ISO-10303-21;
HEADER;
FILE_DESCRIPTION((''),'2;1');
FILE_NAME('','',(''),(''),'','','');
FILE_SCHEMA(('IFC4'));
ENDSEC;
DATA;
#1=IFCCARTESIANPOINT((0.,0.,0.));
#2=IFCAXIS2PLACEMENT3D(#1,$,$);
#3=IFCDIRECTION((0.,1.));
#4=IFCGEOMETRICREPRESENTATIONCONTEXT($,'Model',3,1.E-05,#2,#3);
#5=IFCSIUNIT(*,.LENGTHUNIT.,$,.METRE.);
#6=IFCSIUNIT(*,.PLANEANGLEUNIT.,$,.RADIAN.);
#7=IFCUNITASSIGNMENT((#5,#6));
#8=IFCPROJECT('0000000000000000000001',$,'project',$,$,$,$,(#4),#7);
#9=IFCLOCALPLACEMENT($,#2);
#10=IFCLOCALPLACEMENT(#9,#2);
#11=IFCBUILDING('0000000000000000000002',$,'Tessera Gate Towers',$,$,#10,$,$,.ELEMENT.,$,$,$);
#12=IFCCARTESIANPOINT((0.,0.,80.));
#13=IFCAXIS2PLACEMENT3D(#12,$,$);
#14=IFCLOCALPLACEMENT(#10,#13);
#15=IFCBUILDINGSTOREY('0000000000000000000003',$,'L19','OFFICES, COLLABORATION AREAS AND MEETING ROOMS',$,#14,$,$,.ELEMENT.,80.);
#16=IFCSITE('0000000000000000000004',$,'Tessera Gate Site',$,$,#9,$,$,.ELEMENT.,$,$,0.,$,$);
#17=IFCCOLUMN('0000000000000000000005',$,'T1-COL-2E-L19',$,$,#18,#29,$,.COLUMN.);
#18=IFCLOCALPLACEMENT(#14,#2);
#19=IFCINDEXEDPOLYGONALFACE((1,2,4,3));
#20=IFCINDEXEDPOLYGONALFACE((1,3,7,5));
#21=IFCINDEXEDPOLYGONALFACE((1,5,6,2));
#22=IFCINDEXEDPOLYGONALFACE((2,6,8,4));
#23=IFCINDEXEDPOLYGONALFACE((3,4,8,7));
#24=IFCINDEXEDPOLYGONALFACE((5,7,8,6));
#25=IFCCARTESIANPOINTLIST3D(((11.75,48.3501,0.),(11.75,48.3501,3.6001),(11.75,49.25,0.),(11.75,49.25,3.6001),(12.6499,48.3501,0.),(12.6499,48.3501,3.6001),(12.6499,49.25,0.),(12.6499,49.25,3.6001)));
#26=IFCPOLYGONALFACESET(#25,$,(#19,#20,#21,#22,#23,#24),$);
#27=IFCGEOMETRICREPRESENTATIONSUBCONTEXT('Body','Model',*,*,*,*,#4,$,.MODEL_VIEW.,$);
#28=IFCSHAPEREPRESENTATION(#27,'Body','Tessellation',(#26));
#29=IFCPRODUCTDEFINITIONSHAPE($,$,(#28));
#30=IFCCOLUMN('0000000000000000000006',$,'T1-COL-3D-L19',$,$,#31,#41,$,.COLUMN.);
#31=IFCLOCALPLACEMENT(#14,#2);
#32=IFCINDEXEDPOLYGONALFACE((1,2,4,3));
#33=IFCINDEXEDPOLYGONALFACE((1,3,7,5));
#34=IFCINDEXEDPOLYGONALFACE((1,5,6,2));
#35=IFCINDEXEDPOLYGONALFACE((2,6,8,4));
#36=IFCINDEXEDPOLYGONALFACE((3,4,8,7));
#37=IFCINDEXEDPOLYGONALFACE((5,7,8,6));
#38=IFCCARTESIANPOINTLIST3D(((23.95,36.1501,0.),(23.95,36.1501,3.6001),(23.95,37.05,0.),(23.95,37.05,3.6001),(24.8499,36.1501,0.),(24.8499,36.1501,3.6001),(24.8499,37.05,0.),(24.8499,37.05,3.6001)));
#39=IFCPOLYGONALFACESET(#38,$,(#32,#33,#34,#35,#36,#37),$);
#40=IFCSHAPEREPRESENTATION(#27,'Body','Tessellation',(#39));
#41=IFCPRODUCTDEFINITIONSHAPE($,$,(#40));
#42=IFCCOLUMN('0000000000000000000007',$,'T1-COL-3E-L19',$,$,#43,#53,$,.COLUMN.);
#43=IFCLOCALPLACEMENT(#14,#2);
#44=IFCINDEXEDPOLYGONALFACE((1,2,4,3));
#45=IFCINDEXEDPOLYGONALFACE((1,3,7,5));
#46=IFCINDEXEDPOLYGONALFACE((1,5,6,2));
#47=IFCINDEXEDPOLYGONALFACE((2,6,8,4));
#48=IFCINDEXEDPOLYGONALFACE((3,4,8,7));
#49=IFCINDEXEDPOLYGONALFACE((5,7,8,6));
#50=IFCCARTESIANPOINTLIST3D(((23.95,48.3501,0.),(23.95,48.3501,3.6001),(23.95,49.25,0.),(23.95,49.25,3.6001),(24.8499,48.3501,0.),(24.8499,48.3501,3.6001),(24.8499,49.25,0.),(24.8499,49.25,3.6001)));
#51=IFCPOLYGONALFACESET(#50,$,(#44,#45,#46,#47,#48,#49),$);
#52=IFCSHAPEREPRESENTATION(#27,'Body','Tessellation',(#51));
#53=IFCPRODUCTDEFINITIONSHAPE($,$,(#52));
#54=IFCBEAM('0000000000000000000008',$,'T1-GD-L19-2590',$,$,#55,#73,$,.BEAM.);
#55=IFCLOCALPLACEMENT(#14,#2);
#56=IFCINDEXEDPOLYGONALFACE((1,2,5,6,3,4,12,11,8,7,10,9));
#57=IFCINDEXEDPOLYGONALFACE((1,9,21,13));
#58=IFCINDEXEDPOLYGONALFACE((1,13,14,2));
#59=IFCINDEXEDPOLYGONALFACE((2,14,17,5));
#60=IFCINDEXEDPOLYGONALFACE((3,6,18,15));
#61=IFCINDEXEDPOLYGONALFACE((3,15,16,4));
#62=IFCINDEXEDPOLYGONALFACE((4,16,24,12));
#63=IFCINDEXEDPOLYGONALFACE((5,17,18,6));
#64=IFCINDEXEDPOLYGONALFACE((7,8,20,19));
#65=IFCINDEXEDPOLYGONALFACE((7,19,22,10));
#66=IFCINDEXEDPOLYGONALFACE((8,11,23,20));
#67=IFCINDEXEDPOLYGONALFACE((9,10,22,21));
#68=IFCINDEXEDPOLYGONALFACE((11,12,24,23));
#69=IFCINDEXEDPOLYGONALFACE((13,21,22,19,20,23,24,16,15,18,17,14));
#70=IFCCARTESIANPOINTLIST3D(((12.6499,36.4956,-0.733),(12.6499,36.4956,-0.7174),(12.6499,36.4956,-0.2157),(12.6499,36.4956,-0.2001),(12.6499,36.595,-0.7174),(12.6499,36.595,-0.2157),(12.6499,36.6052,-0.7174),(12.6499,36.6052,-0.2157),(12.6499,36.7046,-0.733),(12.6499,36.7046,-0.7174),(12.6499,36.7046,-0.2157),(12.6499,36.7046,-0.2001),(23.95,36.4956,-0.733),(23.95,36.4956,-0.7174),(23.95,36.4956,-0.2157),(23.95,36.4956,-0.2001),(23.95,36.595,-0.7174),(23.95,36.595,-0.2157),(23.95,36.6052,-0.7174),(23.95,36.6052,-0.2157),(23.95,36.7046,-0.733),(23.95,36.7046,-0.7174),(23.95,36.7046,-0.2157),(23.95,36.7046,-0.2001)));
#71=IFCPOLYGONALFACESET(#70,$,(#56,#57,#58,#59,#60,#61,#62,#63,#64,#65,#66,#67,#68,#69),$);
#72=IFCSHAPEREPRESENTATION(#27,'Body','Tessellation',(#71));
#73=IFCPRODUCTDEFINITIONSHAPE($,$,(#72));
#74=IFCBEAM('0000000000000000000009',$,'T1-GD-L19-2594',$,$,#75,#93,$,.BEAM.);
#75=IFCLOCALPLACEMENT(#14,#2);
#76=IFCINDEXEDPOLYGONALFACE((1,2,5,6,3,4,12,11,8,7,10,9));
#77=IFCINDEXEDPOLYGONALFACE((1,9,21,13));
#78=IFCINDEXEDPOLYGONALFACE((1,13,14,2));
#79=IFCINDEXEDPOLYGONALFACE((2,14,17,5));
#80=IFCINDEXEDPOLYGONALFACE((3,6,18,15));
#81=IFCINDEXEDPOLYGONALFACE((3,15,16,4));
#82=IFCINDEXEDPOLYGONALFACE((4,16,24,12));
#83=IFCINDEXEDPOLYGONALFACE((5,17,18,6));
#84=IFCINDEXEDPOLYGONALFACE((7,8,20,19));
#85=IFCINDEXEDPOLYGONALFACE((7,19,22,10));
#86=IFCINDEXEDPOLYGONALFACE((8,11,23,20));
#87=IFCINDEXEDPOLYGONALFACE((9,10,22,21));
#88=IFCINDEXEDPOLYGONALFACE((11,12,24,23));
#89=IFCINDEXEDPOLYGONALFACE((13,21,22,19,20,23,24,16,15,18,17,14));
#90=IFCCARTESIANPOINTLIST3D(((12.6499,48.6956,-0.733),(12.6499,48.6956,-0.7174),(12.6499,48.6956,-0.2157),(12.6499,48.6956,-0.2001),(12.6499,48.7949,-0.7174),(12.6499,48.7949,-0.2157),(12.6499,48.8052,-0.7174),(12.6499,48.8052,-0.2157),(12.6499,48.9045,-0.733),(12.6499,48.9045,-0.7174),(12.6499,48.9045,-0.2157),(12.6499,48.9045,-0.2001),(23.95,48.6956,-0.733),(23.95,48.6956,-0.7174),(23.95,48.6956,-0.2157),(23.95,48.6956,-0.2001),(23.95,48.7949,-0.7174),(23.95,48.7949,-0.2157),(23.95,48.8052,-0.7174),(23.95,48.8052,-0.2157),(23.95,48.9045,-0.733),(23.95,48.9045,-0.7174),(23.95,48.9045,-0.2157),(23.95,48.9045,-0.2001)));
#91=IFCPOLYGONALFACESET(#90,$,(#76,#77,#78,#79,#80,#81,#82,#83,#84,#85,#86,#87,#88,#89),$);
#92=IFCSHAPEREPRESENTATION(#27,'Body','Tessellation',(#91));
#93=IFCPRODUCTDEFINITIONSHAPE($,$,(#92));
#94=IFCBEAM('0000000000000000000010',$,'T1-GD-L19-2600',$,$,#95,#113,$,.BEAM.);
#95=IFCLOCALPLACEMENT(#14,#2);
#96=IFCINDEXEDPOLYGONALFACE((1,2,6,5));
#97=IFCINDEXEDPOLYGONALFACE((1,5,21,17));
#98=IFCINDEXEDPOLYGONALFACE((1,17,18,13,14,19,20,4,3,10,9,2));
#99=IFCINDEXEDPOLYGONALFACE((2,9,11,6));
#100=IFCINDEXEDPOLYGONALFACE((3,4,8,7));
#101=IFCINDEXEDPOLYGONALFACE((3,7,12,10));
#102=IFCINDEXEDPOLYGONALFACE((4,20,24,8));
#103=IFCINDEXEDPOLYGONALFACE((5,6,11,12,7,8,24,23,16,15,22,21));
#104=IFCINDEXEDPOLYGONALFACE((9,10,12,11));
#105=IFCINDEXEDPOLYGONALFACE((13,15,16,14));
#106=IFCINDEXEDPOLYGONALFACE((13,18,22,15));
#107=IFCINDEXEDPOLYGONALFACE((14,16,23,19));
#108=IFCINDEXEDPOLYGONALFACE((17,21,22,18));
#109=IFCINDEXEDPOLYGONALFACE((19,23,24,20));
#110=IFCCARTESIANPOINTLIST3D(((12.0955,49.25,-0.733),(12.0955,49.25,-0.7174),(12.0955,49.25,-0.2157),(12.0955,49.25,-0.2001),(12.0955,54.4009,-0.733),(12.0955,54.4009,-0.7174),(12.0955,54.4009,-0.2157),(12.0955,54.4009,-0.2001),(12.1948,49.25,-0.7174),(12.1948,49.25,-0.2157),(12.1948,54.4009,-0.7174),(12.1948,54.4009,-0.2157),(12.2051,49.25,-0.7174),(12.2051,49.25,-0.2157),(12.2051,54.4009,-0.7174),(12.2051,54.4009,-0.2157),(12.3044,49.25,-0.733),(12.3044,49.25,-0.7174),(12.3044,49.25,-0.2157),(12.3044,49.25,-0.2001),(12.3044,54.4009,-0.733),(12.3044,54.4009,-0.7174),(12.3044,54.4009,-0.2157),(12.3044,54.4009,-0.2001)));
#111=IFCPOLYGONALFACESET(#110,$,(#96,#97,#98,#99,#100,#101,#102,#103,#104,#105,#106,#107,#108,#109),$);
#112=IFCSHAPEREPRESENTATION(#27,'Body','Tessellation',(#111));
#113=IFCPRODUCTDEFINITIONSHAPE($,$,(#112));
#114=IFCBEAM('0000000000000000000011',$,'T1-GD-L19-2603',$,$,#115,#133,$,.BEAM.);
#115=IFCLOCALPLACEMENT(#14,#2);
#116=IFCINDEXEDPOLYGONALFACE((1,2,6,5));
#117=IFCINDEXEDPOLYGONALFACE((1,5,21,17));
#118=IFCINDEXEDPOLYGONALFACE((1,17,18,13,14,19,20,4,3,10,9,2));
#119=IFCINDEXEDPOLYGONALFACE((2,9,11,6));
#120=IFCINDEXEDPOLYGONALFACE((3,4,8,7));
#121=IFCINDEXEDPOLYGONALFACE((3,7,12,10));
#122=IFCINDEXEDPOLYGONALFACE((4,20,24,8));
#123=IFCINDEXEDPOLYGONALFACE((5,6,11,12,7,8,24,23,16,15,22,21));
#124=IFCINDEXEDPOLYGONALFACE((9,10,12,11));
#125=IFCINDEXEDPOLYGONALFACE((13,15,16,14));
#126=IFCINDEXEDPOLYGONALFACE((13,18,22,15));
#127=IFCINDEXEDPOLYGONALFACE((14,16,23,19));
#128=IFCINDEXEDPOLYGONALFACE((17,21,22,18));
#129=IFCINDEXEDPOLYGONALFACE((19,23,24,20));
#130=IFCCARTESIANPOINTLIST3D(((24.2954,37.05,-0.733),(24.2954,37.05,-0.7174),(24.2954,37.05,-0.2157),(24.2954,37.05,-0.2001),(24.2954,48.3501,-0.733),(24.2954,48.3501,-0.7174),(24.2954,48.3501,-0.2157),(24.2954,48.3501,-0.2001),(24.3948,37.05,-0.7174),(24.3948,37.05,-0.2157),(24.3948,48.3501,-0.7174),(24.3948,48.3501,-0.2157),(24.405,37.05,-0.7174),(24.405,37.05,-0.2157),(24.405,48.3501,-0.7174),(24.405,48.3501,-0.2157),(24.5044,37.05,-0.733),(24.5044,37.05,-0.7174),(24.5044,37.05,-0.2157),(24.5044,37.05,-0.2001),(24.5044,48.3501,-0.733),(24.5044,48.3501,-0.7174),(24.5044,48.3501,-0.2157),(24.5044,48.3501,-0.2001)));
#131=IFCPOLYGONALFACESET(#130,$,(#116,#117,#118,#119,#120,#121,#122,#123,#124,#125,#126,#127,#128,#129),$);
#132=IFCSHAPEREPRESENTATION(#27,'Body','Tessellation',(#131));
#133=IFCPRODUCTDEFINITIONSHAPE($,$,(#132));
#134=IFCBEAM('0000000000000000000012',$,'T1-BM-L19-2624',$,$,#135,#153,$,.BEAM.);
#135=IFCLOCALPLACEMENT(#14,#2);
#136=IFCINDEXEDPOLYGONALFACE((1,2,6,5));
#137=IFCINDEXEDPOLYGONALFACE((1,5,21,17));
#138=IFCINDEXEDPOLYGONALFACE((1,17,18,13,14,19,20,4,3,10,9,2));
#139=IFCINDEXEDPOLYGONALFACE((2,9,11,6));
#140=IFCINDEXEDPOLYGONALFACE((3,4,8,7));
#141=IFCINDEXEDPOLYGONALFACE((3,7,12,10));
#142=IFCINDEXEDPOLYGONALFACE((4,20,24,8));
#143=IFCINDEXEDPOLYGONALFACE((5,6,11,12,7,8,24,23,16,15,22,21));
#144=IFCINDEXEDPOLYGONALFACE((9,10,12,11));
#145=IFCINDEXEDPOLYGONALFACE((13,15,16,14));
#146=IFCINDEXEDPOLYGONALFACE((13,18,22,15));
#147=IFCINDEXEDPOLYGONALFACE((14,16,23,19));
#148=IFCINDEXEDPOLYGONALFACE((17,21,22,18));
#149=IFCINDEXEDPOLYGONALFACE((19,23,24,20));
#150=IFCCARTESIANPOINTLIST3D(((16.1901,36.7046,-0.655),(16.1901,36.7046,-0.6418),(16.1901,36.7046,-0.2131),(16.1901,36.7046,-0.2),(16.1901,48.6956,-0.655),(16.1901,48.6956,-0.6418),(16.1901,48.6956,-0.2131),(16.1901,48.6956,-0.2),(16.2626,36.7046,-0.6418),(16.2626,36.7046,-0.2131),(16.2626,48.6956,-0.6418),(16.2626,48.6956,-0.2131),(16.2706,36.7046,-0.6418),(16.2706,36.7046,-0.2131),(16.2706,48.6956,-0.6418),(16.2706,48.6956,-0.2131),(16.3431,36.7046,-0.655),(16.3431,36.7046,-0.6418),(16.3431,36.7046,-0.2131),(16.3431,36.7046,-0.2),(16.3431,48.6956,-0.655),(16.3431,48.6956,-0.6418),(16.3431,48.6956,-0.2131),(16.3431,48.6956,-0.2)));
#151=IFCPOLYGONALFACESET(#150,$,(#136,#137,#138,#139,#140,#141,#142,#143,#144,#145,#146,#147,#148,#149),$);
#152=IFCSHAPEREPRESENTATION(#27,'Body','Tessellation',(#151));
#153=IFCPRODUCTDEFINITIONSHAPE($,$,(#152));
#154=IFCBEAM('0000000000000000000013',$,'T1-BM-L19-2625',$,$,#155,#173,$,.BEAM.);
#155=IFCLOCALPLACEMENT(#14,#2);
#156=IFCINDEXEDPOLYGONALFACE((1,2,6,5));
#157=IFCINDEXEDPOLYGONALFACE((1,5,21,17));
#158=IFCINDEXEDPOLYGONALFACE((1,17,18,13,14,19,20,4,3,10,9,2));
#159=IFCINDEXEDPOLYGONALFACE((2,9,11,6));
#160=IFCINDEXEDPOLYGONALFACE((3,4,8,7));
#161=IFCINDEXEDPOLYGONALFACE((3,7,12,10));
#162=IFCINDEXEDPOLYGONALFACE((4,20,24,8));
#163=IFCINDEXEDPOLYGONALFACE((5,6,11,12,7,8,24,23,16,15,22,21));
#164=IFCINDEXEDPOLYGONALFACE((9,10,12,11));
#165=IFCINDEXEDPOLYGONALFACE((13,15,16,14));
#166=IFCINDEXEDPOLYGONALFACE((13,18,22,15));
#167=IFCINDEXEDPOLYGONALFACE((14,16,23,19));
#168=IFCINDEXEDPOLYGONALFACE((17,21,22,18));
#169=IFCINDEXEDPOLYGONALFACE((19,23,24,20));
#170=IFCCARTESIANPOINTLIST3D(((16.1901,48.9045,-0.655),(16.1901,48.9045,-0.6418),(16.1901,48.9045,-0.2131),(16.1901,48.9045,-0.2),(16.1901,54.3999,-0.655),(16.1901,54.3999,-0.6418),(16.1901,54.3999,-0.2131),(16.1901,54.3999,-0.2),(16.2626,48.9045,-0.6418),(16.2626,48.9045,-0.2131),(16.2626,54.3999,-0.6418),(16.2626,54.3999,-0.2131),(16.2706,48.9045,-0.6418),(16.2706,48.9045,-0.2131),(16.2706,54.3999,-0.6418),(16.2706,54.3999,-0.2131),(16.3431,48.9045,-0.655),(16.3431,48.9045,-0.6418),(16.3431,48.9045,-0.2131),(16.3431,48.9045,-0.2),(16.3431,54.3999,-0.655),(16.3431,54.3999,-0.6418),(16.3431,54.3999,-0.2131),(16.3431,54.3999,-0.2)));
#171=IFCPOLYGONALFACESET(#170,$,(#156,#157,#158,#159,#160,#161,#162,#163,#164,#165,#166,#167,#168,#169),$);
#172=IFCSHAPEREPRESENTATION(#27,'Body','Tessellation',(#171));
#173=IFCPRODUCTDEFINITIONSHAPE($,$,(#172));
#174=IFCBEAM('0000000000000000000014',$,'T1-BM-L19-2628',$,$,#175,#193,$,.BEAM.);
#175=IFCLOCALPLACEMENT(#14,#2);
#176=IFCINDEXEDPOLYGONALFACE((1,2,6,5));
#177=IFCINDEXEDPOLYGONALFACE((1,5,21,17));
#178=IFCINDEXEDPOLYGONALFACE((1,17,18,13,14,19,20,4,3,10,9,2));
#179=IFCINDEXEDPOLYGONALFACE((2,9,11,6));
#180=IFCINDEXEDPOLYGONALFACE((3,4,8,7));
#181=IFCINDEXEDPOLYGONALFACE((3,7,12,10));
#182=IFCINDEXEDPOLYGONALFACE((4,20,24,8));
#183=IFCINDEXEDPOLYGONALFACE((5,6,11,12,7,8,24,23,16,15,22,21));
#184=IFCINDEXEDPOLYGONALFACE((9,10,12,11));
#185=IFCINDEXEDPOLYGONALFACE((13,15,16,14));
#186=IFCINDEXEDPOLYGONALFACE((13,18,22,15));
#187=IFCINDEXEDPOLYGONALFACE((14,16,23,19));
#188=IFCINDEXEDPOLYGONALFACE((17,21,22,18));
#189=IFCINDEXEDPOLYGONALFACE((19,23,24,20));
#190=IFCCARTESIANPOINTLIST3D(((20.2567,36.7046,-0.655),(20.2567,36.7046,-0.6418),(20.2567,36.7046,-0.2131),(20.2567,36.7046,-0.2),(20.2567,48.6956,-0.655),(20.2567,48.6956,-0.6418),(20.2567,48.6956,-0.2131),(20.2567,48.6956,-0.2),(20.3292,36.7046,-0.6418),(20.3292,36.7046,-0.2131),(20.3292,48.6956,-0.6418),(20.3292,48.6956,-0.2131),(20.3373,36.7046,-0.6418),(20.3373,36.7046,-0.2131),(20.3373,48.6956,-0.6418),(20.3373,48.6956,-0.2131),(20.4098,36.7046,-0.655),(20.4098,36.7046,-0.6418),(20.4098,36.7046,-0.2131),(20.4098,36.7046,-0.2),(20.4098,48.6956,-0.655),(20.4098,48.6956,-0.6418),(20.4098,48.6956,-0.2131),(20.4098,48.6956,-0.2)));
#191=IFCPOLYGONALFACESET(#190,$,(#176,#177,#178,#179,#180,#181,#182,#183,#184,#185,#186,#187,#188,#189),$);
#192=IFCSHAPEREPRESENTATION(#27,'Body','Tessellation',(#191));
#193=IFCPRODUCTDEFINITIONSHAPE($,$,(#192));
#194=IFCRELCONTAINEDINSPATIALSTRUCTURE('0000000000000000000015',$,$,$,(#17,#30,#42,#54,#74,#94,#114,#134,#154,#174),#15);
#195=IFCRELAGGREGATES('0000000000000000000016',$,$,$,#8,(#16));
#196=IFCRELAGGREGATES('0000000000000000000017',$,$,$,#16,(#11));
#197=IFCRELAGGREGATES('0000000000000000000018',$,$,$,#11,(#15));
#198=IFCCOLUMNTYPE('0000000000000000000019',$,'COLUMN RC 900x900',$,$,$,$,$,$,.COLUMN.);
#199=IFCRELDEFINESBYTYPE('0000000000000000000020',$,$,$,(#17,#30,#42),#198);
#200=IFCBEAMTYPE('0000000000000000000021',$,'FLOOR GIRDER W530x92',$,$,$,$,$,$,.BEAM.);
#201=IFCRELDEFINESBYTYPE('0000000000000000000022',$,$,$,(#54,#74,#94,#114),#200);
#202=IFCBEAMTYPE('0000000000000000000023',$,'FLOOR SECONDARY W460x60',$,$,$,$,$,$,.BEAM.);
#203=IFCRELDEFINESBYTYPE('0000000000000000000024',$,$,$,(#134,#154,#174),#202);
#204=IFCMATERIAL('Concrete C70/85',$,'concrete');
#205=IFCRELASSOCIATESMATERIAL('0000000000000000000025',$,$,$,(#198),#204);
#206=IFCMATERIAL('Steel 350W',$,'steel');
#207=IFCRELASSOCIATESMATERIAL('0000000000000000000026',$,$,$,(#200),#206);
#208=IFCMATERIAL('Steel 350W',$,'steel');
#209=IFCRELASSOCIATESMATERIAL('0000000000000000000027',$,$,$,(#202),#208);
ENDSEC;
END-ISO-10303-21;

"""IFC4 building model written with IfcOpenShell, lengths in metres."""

from ifc_helpers import new_model, si_unit, direction, frame, origin, origin_2d, place, context, subcontext, project, spatial, rectangle, i_section, extrude, material, material_profile, profile_set, type_object, element, save


model = new_model("IFC4")

# Units and contexts
model_context = context("Model", 3, precision=1e-05, world=origin(), true_north=direction((0.0, 1.0)))
body_context = subcontext(model_context, "Body", "Model", "MODEL_VIEW")
ifc_project = project(units=[si_unit("LENGTHUNIT", "METRE"), si_unit("PLANEANGLEUNIT", "RADIAN")], contexts=[model_context])

# Site, building, storey
site_placement = place(None, origin())
site = spatial("IfcSite", under=ifc_project, at=site_placement, Name="Tessera Gate Site", CompositionType="ELEMENT", RefElevation=0.0)
building_placement = place(site_placement, origin())
building = spatial("IfcBuilding", under=site, at=building_placement, Name="Tessera Gate Towers", CompositionType="ELEMENT")
storey_placement = place(building_placement, frame((0.0, 0.0, 80.0)))
storey = spatial("IfcBuildingStorey", under=building, at=storey_placement, Name="L19", Description="OFFICES, COLLABORATION AREAS AND MEETING ROOMS", CompositionType="ELEMENT", Elevation=80.0)

# Columns
ifc_material_1 = material(Name="Concrete C70/85", Category="concrete")
ifc_material_profile_1 = material_profile(ifc_material_1, rectangle(XDim=0.8999, YDim=0.8999, at=origin_2d()), Name="RC 900x900")
ifc_profile_set_1 = profile_set([ifc_material_profile_1], Name="Concrete C70/85")
column_type = type_object("IfcColumnType", Name="COLUMN RC 900x900", PredefinedType="COLUMN", material=ifc_profile_set_1)
for number, where, z_axis, x_axis, name in (
    (1, (12.2, 48.8, 0.0), (0.0, 0.0, 1.0), (1.0, 0.0, 0.0), "T1-COL-2E-L19"),
    (2, (24.3999, 36.6001, 0.0), (0.0, 0.0, 1.0), (1.0, 0.0, 0.0), "T1-COL-3D-L19"),
    (3, (24.3999, 48.8, 0.0), (0.0, 0.0, 1.0), (1.0, 0.0, 0.0), "T1-COL-3E-L19"),
):
    element("IfcColumn", number, at=place(storey_placement, frame(where, z_axis=z_axis, x_axis=x_axis)), inside=storey, type_object=column_type, Name=name, PredefinedType="COLUMN", context=body_context, shape_type="SweptSolid", body=[
        extrude(rectangle(XDim=0.8999, YDim=0.8999, at=origin_2d()), origin(), (0.0, 0.0, 1.0), 3.6001),
    ])

# Beams
ifc_material_2 = material(Name="Steel 350W", Category="steel")
ifc_material_profile_2 = material_profile(ifc_material_2, i_section(OverallWidth=0.209, OverallDepth=0.533, WebThickness=0.0103, FlangeThickness=0.0156, at=origin_2d()), Name="W530x92")
ifc_profile_set_2 = profile_set([ifc_material_profile_2], Name="Steel 350W")
beam_type_1 = type_object("IfcBeamType", Name="FLOOR GIRDER W530x92", PredefinedType="BEAM", material=ifc_profile_set_2)
for number, where, z_axis, x_axis, name in (
    (4, (12.6499, 36.6001, -0.4666), (1.0, 0.0, 0.0), (0.0, 1.0, 0.0), "T1-GD-L19-2590"),
    (5, (12.6499, 48.8, -0.4666), (1.0, 0.0, 0.0), (0.0, 1.0, 0.0), "T1-GD-L19-2594"),
):
    element("IfcBeam", number, at=place(storey_placement, frame(where, z_axis=z_axis, x_axis=x_axis)), inside=storey, type_object=beam_type_1, Name=name, PredefinedType="BEAM", context=body_context, shape_type="SweptSolid", body=[
        extrude(i_section(OverallWidth=0.209, OverallDepth=0.533, WebThickness=0.0103, FlangeThickness=0.0156, at=origin_2d()), origin(), (0.0, 0.0, 1.0), 11.3),
    ])
beam_1_placement = place(storey_placement, frame((12.2, 49.25, -0.4666), z_axis=(0.0, 1.0, 0.0), x_axis=(-1.0, 0.0, 0.0)))
element("IfcBeam", 6, at=beam_1_placement, inside=storey, type_object=beam_type_1, Name="T1-GD-L19-2600", PredefinedType="BEAM", context=body_context, shape_type="SweptSolid", body=[
    extrude(i_section(OverallWidth=0.209, OverallDepth=0.533, WebThickness=0.0103, FlangeThickness=0.0156, at=origin_2d()), origin(), (0.0, 0.0, 1.0), 5.1509),
])
beam_2_placement = place(storey_placement, frame((24.3999, 37.05, -0.4666), z_axis=(0.0, 1.0, 0.0), x_axis=(-1.0, 0.0, 0.0)))
element("IfcBeam", 7, at=beam_2_placement, inside=storey, type_object=beam_type_1, Name="T1-GD-L19-2603", PredefinedType="BEAM", context=body_context, shape_type="SweptSolid", body=[
    extrude(i_section(OverallWidth=0.209, OverallDepth=0.533, WebThickness=0.0103, FlangeThickness=0.0156, at=origin_2d()), origin(), (0.0, 0.0, 1.0), 11.3),
])
ifc_material_3 = material(Name="Steel 350W", Category="steel")
ifc_material_profile_3 = material_profile(ifc_material_3, i_section(OverallWidth=0.1531, OverallDepth=0.4551, WebThickness=0.0081, FlangeThickness=0.0132, at=origin_2d()), Name="W460x60")
ifc_profile_set_3 = profile_set([ifc_material_profile_3], Name="Steel 350W")
beam_type_2 = type_object("IfcBeamType", Name="FLOOR SECONDARY W460x60", PredefinedType="BEAM", material=ifc_profile_set_3)
beam_3_placement = place(storey_placement, frame((16.2666, 36.7046, -0.4275), z_axis=(0.0, 1.0, 0.0), x_axis=(-1.0, 0.0, 0.0)))
element("IfcBeam", 8, at=beam_3_placement, inside=storey, type_object=beam_type_2, Name="T1-BM-L19-2624", PredefinedType="BEAM", context=body_context, shape_type="SweptSolid", body=[
    extrude(i_section(OverallWidth=0.1531, OverallDepth=0.4551, WebThickness=0.0081, FlangeThickness=0.0132, at=origin_2d()), origin(), (0.0, 0.0, 1.0), 11.991),
])
beam_4_placement = place(storey_placement, frame((16.2666, 48.9045, -0.4275), z_axis=(0.0, 1.0, 0.0), x_axis=(-1.0, 0.0, 0.0)))
element("IfcBeam", 9, at=beam_4_placement, inside=storey, type_object=beam_type_2, Name="T1-BM-L19-2625", PredefinedType="BEAM", context=body_context, shape_type="SweptSolid", body=[
    extrude(i_section(OverallWidth=0.1531, OverallDepth=0.4551, WebThickness=0.0081, FlangeThickness=0.0132, at=origin_2d()), origin(), (0.0, 0.0, 1.0), 5.4954),
])
beam_5_placement = place(storey_placement, frame((20.3333, 36.7046, -0.4275), z_axis=(0.0, 1.0, 0.0), x_axis=(-1.0, 0.0, 0.0)))
element("IfcBeam", 10, at=beam_5_placement, inside=storey, type_object=beam_type_2, Name="T1-BM-L19-2628", PredefinedType="BEAM", context=body_context, shape_type="SweptSolid", body=[
    extrude(i_section(OverallWidth=0.1531, OverallDepth=0.4551, WebThickness=0.0081, FlangeThickness=0.0132, at=origin_2d()), origin(), (0.0, 0.0, 1.0), 11.991),
])

save(model, "model.ifc")
